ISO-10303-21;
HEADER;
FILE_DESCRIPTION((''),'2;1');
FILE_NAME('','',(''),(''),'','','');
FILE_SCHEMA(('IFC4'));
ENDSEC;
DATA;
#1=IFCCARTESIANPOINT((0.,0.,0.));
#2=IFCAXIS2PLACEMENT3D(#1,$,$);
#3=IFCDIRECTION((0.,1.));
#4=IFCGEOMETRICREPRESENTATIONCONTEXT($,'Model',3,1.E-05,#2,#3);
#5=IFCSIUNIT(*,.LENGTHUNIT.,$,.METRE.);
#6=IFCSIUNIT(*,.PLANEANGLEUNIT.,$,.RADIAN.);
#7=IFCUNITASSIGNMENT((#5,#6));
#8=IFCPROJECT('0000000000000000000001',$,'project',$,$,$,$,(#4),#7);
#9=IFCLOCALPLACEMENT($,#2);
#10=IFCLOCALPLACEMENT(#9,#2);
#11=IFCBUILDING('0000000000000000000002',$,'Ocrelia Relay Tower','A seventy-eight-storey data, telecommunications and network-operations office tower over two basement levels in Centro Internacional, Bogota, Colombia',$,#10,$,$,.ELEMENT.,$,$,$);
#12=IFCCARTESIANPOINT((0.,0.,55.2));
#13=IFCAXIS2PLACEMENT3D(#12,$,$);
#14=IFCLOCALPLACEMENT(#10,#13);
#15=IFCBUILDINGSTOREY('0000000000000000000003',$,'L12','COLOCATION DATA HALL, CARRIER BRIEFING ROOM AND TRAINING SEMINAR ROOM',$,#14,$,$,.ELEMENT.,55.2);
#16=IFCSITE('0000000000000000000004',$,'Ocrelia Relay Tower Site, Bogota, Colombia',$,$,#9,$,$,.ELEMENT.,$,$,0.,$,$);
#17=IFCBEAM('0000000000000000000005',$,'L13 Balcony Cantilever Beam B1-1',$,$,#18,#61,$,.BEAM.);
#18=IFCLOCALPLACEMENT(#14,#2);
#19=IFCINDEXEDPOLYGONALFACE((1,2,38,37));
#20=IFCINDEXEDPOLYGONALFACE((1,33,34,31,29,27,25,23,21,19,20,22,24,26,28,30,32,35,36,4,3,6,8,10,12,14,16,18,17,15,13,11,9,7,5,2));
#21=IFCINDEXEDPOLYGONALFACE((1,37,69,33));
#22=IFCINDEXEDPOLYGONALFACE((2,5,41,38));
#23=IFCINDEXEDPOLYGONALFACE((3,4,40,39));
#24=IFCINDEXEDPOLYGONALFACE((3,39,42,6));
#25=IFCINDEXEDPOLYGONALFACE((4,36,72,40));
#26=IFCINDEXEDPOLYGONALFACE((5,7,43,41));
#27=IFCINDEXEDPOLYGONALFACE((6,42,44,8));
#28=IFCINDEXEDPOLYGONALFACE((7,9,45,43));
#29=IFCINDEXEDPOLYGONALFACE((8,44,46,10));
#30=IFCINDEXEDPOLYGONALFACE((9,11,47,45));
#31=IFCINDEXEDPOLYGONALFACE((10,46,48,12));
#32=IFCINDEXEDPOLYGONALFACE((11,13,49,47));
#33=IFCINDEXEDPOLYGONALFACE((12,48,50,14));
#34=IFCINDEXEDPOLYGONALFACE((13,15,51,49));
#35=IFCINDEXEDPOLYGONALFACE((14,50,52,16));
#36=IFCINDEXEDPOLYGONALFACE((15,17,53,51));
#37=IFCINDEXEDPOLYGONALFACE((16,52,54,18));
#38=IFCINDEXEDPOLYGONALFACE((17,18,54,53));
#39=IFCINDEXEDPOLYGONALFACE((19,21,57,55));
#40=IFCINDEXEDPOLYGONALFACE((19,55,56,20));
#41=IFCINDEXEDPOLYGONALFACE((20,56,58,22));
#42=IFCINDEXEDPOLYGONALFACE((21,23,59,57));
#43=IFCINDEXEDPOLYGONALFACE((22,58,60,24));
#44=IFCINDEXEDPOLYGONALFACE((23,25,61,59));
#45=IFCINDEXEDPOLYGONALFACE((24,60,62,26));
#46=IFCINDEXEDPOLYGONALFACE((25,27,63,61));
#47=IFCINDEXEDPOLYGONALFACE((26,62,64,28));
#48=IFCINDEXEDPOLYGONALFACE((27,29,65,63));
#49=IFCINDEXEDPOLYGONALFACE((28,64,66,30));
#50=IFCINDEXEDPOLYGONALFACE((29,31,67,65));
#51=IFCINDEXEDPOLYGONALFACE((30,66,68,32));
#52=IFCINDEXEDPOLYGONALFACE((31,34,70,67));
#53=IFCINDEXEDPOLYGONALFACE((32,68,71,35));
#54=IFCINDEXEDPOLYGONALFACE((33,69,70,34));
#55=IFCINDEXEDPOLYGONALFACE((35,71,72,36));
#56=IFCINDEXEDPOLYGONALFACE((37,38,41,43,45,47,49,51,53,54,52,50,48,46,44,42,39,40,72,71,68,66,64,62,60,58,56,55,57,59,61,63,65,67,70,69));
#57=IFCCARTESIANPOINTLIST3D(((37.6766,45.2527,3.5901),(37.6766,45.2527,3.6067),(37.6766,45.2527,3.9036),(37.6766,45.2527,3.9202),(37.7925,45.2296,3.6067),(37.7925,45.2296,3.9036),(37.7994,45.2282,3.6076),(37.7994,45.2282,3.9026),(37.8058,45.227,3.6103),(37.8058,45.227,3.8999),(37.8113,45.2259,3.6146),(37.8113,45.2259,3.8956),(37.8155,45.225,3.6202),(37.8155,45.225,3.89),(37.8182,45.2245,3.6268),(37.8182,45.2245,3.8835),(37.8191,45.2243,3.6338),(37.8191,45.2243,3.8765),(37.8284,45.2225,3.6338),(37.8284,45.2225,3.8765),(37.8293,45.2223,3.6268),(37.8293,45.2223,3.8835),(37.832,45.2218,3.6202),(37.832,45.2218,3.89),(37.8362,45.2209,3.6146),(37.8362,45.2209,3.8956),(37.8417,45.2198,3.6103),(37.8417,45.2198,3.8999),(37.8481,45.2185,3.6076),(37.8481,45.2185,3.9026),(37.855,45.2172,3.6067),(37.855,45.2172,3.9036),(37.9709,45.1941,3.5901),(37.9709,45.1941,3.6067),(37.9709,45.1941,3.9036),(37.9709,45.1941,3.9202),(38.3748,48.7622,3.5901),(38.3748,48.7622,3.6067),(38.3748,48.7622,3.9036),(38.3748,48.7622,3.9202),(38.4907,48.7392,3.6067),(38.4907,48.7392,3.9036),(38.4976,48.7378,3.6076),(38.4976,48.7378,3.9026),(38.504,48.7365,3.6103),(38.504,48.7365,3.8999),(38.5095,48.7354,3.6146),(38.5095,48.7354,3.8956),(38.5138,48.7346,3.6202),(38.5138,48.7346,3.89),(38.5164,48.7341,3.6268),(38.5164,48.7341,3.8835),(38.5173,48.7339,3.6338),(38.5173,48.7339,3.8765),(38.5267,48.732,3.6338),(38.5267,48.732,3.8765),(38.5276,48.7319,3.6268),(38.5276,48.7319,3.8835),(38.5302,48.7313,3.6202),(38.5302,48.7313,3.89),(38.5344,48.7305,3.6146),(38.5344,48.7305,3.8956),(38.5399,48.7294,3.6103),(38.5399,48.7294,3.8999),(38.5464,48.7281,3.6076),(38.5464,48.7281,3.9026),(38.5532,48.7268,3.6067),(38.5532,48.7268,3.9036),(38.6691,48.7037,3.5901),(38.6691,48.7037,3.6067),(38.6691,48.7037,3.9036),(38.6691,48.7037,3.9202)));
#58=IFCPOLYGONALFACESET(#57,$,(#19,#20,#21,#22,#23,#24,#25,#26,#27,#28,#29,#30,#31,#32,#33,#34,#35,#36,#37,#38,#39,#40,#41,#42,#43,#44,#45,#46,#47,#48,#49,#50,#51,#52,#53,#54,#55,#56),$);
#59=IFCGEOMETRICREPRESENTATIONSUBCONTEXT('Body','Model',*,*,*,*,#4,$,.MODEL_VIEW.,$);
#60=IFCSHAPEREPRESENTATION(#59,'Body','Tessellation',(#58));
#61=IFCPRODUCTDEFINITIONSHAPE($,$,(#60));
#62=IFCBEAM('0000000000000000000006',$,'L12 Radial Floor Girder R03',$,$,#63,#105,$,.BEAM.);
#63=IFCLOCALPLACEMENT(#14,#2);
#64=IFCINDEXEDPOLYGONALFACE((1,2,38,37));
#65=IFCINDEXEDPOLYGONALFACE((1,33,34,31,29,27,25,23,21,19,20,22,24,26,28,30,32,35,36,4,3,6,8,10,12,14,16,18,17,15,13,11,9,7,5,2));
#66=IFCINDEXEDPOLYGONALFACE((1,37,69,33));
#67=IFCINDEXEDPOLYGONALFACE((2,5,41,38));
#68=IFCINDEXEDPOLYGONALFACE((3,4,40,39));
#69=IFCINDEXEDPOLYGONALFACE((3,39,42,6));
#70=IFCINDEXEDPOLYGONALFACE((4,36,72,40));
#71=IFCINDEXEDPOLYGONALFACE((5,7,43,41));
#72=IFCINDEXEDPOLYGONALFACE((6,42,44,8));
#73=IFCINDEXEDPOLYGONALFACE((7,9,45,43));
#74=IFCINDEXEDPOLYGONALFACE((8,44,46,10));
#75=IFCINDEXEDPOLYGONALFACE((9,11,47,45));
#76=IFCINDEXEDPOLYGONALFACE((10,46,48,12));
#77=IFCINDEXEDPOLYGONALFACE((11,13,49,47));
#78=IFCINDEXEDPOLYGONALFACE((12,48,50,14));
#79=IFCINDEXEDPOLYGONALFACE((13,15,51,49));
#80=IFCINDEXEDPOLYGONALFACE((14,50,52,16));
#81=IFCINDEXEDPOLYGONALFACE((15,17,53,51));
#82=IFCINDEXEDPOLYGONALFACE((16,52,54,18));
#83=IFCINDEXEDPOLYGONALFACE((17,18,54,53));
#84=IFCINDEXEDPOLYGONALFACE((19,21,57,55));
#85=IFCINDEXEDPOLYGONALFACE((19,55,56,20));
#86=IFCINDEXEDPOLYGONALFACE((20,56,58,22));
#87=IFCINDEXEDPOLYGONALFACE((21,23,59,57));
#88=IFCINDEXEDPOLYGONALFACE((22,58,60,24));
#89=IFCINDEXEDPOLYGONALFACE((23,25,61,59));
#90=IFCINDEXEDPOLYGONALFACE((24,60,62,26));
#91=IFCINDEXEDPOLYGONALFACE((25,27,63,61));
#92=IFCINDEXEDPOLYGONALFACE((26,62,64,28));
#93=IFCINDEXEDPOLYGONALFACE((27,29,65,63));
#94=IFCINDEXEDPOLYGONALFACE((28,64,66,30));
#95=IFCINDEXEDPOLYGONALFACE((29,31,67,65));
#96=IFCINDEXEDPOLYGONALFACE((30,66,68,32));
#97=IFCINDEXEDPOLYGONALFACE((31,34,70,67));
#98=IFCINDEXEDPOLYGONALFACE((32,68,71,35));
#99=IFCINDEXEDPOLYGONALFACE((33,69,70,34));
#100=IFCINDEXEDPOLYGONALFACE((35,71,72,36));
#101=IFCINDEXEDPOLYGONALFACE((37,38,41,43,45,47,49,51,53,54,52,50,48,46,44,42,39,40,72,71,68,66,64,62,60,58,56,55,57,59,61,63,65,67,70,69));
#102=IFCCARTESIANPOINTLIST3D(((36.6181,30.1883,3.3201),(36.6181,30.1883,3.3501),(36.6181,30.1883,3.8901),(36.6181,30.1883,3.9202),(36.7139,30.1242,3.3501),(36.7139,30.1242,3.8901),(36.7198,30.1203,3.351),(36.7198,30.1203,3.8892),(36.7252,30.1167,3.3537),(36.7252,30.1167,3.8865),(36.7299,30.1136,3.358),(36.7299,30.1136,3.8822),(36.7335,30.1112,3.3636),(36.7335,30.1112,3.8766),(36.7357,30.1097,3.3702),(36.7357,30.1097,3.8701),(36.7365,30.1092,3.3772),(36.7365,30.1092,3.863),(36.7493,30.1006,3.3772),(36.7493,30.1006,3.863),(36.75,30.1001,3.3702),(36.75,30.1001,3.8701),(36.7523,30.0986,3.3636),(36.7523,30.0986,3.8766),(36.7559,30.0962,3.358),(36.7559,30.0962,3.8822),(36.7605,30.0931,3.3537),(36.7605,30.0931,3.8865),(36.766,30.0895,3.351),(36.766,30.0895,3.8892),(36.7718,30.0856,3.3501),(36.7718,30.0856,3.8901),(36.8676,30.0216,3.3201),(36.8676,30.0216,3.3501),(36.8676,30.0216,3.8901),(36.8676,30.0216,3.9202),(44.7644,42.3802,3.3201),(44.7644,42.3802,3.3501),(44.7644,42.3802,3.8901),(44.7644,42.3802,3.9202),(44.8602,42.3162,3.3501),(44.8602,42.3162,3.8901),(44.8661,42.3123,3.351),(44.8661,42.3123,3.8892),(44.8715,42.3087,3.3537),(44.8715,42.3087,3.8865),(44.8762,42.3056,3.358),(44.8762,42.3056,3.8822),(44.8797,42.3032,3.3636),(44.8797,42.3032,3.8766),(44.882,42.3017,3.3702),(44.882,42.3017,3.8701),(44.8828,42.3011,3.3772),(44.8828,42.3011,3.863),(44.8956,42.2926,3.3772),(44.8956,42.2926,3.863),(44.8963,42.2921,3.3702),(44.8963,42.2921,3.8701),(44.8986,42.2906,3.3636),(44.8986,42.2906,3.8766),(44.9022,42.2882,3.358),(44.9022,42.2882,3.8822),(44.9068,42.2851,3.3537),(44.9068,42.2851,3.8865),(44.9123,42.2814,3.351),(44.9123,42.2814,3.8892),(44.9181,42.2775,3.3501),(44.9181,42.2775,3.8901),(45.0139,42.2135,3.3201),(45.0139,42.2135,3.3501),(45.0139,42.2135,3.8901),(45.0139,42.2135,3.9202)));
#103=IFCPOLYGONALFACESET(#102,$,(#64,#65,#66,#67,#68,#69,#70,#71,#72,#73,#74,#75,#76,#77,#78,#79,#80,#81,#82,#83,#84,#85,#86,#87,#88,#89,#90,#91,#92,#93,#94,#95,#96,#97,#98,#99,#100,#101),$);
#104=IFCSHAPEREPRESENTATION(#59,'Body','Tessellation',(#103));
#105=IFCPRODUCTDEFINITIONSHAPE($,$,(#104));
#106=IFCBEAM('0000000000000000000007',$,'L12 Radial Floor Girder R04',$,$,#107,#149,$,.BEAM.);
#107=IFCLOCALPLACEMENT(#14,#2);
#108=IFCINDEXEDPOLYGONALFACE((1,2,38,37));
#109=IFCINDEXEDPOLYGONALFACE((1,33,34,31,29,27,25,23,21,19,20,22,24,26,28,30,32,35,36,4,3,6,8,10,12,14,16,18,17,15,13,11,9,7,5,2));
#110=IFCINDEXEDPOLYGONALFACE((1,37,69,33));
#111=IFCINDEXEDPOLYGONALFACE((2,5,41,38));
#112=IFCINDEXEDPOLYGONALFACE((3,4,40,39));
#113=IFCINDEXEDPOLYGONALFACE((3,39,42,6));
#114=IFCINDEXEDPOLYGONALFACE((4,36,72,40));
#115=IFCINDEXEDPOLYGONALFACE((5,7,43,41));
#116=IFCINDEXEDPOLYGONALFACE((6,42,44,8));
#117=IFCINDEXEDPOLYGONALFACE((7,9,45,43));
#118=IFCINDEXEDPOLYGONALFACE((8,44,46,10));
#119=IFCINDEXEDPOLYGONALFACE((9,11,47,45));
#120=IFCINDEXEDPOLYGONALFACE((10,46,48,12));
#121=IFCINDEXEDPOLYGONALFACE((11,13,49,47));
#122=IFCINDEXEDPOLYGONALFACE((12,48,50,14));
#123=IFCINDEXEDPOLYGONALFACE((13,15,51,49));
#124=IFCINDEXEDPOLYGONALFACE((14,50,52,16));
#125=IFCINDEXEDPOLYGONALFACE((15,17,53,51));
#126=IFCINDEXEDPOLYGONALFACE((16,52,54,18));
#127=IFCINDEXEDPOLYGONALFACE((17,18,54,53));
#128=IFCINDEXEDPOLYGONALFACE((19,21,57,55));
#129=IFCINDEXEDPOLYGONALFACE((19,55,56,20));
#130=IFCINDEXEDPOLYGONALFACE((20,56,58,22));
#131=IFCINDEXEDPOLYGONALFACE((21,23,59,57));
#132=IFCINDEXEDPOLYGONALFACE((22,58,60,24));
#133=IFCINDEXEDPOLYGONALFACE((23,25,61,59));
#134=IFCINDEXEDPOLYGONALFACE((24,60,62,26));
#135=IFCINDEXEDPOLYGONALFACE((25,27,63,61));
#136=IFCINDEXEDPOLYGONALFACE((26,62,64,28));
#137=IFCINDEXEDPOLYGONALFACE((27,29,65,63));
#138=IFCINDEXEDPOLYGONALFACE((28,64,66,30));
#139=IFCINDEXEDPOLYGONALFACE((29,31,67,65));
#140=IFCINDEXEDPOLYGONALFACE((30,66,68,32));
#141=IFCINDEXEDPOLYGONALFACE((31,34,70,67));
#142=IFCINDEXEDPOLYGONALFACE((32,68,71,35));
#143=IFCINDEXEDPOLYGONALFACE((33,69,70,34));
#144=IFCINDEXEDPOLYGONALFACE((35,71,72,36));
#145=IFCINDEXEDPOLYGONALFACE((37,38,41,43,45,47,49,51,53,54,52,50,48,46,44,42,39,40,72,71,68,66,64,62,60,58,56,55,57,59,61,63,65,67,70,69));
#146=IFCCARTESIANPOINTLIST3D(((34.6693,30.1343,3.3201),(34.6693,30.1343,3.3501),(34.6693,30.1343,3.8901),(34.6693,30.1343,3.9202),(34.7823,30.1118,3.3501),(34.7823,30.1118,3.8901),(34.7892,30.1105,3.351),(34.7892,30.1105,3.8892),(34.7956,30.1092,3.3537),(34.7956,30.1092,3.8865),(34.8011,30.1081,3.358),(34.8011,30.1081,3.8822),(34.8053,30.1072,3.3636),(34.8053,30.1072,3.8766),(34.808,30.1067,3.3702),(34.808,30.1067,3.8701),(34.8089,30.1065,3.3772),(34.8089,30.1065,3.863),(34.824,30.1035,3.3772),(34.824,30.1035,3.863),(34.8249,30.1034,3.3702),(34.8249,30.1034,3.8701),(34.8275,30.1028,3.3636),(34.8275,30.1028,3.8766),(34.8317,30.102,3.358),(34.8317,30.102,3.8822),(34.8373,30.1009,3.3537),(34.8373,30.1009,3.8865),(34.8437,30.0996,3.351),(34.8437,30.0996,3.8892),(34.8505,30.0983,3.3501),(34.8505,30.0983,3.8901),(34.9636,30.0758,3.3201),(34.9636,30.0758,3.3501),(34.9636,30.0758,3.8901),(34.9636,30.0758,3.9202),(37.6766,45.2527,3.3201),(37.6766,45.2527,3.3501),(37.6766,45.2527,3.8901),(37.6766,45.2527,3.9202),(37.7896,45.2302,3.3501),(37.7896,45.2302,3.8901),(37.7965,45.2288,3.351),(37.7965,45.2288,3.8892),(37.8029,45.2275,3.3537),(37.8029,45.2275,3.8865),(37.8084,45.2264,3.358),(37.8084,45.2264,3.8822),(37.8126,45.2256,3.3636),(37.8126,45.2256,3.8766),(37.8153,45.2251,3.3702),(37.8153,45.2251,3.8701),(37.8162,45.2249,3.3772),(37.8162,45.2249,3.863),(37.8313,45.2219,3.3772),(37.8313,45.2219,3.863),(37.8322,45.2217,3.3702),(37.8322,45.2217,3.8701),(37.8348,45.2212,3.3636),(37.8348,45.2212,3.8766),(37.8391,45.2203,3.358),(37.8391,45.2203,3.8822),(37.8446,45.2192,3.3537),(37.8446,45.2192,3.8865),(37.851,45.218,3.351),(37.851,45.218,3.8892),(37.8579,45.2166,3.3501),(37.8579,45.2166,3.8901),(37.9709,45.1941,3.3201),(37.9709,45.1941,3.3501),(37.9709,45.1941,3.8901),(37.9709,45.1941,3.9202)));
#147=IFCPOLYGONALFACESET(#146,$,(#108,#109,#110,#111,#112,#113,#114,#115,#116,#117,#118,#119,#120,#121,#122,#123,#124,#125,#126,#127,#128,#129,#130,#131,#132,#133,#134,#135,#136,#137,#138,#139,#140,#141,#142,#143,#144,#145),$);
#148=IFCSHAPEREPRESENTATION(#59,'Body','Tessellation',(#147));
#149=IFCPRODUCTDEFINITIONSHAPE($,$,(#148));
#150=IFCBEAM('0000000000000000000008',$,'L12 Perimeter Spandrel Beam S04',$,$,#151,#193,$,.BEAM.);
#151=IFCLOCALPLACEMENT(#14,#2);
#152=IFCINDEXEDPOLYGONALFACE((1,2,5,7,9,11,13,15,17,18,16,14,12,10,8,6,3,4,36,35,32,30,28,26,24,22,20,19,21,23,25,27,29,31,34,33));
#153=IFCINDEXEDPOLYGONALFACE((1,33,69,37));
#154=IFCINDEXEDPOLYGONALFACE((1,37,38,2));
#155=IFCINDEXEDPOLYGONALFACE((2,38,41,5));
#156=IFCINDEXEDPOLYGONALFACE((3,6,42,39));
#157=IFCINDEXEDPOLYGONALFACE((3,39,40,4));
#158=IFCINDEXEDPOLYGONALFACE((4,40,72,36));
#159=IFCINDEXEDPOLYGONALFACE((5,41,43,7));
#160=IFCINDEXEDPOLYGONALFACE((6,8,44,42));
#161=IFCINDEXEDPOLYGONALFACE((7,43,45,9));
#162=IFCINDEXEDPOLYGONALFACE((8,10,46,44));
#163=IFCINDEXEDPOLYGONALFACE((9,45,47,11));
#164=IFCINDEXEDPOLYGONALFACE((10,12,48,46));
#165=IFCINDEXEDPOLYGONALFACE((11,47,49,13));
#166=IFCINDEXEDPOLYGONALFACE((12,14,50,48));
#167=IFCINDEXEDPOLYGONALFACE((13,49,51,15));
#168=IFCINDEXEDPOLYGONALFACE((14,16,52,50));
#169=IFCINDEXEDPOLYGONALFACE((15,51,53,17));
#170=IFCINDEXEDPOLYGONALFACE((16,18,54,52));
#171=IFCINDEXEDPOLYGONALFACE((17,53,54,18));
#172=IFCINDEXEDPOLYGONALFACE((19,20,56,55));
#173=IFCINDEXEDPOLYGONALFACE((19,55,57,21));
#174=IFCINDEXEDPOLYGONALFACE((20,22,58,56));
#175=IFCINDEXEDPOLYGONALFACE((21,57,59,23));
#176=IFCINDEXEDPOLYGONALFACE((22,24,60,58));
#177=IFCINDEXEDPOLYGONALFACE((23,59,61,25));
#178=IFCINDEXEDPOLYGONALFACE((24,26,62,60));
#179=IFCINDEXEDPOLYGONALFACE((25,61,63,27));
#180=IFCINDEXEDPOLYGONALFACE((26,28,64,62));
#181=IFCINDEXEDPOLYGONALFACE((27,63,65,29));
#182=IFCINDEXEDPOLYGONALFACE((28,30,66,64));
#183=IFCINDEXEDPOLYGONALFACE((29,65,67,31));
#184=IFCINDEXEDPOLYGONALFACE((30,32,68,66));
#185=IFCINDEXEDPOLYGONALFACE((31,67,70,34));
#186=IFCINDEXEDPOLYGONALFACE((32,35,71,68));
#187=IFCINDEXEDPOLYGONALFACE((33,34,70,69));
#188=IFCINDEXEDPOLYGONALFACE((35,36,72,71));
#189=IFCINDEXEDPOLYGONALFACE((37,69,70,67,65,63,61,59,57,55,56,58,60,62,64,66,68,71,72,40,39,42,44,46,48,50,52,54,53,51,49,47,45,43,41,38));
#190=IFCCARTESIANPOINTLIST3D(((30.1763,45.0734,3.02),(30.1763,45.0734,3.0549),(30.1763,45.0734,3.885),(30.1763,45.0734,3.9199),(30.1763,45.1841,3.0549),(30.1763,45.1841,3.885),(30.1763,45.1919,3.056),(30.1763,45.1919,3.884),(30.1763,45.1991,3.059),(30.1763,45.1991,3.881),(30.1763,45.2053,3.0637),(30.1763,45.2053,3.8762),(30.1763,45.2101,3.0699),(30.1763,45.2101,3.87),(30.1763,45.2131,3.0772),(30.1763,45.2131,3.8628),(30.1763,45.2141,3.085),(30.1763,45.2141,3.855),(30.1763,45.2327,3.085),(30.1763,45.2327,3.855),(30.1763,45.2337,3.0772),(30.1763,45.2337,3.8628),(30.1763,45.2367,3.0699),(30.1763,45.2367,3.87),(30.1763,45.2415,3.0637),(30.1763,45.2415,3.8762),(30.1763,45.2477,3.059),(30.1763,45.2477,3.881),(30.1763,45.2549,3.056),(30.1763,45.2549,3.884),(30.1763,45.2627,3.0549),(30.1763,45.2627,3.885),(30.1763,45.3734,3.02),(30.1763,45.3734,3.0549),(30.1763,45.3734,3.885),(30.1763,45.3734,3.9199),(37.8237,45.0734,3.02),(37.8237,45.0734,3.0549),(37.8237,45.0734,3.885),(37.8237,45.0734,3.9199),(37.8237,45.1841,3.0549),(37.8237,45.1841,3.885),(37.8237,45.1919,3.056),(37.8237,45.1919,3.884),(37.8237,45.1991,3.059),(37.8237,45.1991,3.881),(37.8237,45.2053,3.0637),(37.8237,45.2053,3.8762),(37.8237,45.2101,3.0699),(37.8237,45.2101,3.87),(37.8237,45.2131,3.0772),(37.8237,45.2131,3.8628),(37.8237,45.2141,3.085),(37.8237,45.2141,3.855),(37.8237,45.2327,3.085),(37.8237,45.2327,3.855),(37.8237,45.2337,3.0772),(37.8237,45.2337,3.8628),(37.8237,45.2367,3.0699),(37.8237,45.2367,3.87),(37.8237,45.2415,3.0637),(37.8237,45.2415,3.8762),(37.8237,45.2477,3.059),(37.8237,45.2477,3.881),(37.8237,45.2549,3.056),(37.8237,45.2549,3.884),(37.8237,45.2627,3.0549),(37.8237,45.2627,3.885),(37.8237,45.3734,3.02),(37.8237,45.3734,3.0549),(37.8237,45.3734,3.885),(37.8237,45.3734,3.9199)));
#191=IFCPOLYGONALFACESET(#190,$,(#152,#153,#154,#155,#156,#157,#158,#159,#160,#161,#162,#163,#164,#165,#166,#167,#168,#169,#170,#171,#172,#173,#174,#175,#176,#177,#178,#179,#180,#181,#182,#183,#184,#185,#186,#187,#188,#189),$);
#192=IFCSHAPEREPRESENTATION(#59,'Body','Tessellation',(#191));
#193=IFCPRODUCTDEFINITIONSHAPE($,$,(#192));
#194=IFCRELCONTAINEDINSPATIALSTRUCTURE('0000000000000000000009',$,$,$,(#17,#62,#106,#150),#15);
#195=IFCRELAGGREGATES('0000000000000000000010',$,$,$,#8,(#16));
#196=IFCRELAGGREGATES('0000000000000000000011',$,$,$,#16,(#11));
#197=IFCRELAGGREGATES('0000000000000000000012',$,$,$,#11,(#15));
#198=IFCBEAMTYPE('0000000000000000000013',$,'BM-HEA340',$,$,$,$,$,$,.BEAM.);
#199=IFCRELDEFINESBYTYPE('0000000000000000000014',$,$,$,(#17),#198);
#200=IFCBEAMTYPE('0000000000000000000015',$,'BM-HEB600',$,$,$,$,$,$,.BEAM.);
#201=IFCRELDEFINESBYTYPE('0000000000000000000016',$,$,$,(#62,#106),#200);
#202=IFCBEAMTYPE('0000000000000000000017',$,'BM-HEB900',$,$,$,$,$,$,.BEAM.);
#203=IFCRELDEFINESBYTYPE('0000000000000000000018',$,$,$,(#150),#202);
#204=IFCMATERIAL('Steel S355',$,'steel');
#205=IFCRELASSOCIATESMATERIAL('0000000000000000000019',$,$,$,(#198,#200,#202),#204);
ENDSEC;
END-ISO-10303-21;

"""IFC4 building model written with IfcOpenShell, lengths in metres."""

from ifc_helpers import new_model, si_unit, direction, frame, origin, origin_2d, place, context, subcontext, project, spatial, i_section, extrude, material, material_profile, profile_set, type_object, element, save


model = new_model("IFC4")

# Units and contexts
model_context = context("Model", 3, precision=1e-05, world=origin(), true_north=direction((0.0, 1.0)))
body_context = subcontext(model_context, "Body", "Model", "MODEL_VIEW")
ifc_project = project(units=[si_unit("LENGTHUNIT", "METRE"), si_unit("PLANEANGLEUNIT", "RADIAN")], contexts=[model_context])

# Site, building, storey
site_placement = place(None, origin())
site = spatial("IfcSite", under=ifc_project, at=site_placement, Name="Ocrelia Relay Tower Site, Bogota, Colombia", CompositionType="ELEMENT", RefElevation=0.0)
building_placement = place(site_placement, origin())
building = spatial("IfcBuilding", under=site, at=building_placement, Name="Ocrelia Relay Tower", Description="A seventy-eight-storey data, telecommunications and network-operations office tower over two basement levels in Centro Internacional, Bogota, Colombia", CompositionType="ELEMENT")
storey_placement = place(building_placement, frame((0.0, 0.0, 55.2)))
storey = spatial("IfcBuildingStorey", under=building, at=storey_placement, Name="L12", Description="COLOCATION DATA HALL, CARRIER BRIEFING ROOM AND TRAINING SEMINAR ROOM", CompositionType="ELEMENT", Elevation=55.2)

# Beams
ifc_material_1 = material(Name="Steel S355", Category="steel")
ifc_material_profile_1 = material_profile(ifc_material_1, i_section(OverallWidth=0.3, OverallDepth=0.3301, WebThickness=0.0095, FlangeThickness=0.0166, FilletRadius=0.0271, at=origin_2d()), Name="HEA 340")
ifc_profile_set_1 = profile_set([ifc_material_profile_1], Name="Steel S355")
beam_type_1 = type_object("IfcBeamType", Name="BM-HEA340", PredefinedType="BEAM", material=ifc_profile_set_1)
beam_1_placement = place(storey_placement, frame((37.8237, 45.2234, 3.7551), z_axis=(0.195132, 0.980777, 0.0), x_axis=(-0.980777, 0.195132, 0.0)))
element("IfcBeam", 1, at=beam_1_placement, inside=storey, type_object=beam_type_1, Name="L13 Balcony Cantilever Beam B1-1", PredefinedType="BEAM", context=body_context, shape_type="SweptSolid", body=[
    extrude(i_section(OverallWidth=0.3, OverallDepth=0.3301, WebThickness=0.0095, FlangeThickness=0.0166, FilletRadius=0.0271, at=origin_2d()), origin(), (0.0, 0.0, 1.0), 3.5784),
])
ifc_material_profile_2 = material_profile(ifc_material_1, i_section(OverallWidth=0.3, OverallDepth=0.6001, WebThickness=0.0154, FlangeThickness=0.03, FilletRadius=0.0271, at=origin_2d()), Name="HEB 600")
ifc_profile_set_2 = profile_set([ifc_material_profile_2], Name="Steel S355")
beam_type_2 = type_object("IfcBeamType", Name="BM-HEB600", PredefinedType="BEAM", material=ifc_profile_set_2)
beam_2_placement = place(storey_placement, frame((44.8892, 42.2969, 3.6201), z_axis=(-0.555564, -0.831473, 0.0), x_axis=(0.831473, -0.555564, 0.0)))
element("IfcBeam", 2, at=beam_2_placement, inside=storey, type_object=beam_type_2, Name="L12 Radial Floor Girder R03", PredefinedType="BEAM", context=body_context, shape_type="SweptSolid", body=[
    extrude(i_section(OverallWidth=0.3, OverallDepth=0.6001, WebThickness=0.0154, FlangeThickness=0.03, FilletRadius=0.0271, at=origin_2d()), origin(), (0.0, 0.0, 1.0), 14.6631),
])
beam_3_placement = place(storey_placement, frame((37.8237, 45.2234, 3.6201), z_axis=(-0.195096, -0.980784, 0.0), x_axis=(0.980784, -0.195096, 0.0)))
element("IfcBeam", 3, at=beam_3_placement, inside=storey, type_object=beam_type_2, Name="L12 Radial Floor Girder R04", PredefinedType="BEAM", context=body_context, shape_type="SweptSolid", body=[
    extrude(i_section(OverallWidth=0.3, OverallDepth=0.6001, WebThickness=0.0154, FlangeThickness=0.03, FilletRadius=0.0271, at=origin_2d()), origin(), (0.0, 0.0, 1.0), 15.4146),
])
ifc_material_profile_3 = material_profile(ifc_material_1, i_section(OverallWidth=0.3, OverallDepth=0.8999, WebThickness=0.0186, FlangeThickness=0.0349, FilletRadius=0.03, at=origin_2d()), Name="HEB 900")
ifc_profile_set_3 = profile_set([ifc_material_profile_3], Name="Steel S355")
beam_type_3 = type_object("IfcBeamType", Name="BM-HEB900", PredefinedType="BEAM", material=ifc_profile_set_3)
beam_4_placement = place(storey_placement, frame((37.8237, 45.2234, 3.47), z_axis=(-1.0, 0.0, 0.0), x_axis=(0.0, -1.0, 0.0)))
element("IfcBeam", 4, at=beam_4_placement, inside=storey, type_object=beam_type_3, Name="L12 Perimeter Spandrel Beam S04", PredefinedType="BEAM", context=body_context, shape_type="SweptSolid", body=[
    extrude(i_section(OverallWidth=0.3, OverallDepth=0.8999, WebThickness=0.0186, FlangeThickness=0.0349, FilletRadius=0.03, at=origin_2d()), origin(), (0.0, 0.0, 1.0), 7.6475),
])

save(model, "model.ifc")
